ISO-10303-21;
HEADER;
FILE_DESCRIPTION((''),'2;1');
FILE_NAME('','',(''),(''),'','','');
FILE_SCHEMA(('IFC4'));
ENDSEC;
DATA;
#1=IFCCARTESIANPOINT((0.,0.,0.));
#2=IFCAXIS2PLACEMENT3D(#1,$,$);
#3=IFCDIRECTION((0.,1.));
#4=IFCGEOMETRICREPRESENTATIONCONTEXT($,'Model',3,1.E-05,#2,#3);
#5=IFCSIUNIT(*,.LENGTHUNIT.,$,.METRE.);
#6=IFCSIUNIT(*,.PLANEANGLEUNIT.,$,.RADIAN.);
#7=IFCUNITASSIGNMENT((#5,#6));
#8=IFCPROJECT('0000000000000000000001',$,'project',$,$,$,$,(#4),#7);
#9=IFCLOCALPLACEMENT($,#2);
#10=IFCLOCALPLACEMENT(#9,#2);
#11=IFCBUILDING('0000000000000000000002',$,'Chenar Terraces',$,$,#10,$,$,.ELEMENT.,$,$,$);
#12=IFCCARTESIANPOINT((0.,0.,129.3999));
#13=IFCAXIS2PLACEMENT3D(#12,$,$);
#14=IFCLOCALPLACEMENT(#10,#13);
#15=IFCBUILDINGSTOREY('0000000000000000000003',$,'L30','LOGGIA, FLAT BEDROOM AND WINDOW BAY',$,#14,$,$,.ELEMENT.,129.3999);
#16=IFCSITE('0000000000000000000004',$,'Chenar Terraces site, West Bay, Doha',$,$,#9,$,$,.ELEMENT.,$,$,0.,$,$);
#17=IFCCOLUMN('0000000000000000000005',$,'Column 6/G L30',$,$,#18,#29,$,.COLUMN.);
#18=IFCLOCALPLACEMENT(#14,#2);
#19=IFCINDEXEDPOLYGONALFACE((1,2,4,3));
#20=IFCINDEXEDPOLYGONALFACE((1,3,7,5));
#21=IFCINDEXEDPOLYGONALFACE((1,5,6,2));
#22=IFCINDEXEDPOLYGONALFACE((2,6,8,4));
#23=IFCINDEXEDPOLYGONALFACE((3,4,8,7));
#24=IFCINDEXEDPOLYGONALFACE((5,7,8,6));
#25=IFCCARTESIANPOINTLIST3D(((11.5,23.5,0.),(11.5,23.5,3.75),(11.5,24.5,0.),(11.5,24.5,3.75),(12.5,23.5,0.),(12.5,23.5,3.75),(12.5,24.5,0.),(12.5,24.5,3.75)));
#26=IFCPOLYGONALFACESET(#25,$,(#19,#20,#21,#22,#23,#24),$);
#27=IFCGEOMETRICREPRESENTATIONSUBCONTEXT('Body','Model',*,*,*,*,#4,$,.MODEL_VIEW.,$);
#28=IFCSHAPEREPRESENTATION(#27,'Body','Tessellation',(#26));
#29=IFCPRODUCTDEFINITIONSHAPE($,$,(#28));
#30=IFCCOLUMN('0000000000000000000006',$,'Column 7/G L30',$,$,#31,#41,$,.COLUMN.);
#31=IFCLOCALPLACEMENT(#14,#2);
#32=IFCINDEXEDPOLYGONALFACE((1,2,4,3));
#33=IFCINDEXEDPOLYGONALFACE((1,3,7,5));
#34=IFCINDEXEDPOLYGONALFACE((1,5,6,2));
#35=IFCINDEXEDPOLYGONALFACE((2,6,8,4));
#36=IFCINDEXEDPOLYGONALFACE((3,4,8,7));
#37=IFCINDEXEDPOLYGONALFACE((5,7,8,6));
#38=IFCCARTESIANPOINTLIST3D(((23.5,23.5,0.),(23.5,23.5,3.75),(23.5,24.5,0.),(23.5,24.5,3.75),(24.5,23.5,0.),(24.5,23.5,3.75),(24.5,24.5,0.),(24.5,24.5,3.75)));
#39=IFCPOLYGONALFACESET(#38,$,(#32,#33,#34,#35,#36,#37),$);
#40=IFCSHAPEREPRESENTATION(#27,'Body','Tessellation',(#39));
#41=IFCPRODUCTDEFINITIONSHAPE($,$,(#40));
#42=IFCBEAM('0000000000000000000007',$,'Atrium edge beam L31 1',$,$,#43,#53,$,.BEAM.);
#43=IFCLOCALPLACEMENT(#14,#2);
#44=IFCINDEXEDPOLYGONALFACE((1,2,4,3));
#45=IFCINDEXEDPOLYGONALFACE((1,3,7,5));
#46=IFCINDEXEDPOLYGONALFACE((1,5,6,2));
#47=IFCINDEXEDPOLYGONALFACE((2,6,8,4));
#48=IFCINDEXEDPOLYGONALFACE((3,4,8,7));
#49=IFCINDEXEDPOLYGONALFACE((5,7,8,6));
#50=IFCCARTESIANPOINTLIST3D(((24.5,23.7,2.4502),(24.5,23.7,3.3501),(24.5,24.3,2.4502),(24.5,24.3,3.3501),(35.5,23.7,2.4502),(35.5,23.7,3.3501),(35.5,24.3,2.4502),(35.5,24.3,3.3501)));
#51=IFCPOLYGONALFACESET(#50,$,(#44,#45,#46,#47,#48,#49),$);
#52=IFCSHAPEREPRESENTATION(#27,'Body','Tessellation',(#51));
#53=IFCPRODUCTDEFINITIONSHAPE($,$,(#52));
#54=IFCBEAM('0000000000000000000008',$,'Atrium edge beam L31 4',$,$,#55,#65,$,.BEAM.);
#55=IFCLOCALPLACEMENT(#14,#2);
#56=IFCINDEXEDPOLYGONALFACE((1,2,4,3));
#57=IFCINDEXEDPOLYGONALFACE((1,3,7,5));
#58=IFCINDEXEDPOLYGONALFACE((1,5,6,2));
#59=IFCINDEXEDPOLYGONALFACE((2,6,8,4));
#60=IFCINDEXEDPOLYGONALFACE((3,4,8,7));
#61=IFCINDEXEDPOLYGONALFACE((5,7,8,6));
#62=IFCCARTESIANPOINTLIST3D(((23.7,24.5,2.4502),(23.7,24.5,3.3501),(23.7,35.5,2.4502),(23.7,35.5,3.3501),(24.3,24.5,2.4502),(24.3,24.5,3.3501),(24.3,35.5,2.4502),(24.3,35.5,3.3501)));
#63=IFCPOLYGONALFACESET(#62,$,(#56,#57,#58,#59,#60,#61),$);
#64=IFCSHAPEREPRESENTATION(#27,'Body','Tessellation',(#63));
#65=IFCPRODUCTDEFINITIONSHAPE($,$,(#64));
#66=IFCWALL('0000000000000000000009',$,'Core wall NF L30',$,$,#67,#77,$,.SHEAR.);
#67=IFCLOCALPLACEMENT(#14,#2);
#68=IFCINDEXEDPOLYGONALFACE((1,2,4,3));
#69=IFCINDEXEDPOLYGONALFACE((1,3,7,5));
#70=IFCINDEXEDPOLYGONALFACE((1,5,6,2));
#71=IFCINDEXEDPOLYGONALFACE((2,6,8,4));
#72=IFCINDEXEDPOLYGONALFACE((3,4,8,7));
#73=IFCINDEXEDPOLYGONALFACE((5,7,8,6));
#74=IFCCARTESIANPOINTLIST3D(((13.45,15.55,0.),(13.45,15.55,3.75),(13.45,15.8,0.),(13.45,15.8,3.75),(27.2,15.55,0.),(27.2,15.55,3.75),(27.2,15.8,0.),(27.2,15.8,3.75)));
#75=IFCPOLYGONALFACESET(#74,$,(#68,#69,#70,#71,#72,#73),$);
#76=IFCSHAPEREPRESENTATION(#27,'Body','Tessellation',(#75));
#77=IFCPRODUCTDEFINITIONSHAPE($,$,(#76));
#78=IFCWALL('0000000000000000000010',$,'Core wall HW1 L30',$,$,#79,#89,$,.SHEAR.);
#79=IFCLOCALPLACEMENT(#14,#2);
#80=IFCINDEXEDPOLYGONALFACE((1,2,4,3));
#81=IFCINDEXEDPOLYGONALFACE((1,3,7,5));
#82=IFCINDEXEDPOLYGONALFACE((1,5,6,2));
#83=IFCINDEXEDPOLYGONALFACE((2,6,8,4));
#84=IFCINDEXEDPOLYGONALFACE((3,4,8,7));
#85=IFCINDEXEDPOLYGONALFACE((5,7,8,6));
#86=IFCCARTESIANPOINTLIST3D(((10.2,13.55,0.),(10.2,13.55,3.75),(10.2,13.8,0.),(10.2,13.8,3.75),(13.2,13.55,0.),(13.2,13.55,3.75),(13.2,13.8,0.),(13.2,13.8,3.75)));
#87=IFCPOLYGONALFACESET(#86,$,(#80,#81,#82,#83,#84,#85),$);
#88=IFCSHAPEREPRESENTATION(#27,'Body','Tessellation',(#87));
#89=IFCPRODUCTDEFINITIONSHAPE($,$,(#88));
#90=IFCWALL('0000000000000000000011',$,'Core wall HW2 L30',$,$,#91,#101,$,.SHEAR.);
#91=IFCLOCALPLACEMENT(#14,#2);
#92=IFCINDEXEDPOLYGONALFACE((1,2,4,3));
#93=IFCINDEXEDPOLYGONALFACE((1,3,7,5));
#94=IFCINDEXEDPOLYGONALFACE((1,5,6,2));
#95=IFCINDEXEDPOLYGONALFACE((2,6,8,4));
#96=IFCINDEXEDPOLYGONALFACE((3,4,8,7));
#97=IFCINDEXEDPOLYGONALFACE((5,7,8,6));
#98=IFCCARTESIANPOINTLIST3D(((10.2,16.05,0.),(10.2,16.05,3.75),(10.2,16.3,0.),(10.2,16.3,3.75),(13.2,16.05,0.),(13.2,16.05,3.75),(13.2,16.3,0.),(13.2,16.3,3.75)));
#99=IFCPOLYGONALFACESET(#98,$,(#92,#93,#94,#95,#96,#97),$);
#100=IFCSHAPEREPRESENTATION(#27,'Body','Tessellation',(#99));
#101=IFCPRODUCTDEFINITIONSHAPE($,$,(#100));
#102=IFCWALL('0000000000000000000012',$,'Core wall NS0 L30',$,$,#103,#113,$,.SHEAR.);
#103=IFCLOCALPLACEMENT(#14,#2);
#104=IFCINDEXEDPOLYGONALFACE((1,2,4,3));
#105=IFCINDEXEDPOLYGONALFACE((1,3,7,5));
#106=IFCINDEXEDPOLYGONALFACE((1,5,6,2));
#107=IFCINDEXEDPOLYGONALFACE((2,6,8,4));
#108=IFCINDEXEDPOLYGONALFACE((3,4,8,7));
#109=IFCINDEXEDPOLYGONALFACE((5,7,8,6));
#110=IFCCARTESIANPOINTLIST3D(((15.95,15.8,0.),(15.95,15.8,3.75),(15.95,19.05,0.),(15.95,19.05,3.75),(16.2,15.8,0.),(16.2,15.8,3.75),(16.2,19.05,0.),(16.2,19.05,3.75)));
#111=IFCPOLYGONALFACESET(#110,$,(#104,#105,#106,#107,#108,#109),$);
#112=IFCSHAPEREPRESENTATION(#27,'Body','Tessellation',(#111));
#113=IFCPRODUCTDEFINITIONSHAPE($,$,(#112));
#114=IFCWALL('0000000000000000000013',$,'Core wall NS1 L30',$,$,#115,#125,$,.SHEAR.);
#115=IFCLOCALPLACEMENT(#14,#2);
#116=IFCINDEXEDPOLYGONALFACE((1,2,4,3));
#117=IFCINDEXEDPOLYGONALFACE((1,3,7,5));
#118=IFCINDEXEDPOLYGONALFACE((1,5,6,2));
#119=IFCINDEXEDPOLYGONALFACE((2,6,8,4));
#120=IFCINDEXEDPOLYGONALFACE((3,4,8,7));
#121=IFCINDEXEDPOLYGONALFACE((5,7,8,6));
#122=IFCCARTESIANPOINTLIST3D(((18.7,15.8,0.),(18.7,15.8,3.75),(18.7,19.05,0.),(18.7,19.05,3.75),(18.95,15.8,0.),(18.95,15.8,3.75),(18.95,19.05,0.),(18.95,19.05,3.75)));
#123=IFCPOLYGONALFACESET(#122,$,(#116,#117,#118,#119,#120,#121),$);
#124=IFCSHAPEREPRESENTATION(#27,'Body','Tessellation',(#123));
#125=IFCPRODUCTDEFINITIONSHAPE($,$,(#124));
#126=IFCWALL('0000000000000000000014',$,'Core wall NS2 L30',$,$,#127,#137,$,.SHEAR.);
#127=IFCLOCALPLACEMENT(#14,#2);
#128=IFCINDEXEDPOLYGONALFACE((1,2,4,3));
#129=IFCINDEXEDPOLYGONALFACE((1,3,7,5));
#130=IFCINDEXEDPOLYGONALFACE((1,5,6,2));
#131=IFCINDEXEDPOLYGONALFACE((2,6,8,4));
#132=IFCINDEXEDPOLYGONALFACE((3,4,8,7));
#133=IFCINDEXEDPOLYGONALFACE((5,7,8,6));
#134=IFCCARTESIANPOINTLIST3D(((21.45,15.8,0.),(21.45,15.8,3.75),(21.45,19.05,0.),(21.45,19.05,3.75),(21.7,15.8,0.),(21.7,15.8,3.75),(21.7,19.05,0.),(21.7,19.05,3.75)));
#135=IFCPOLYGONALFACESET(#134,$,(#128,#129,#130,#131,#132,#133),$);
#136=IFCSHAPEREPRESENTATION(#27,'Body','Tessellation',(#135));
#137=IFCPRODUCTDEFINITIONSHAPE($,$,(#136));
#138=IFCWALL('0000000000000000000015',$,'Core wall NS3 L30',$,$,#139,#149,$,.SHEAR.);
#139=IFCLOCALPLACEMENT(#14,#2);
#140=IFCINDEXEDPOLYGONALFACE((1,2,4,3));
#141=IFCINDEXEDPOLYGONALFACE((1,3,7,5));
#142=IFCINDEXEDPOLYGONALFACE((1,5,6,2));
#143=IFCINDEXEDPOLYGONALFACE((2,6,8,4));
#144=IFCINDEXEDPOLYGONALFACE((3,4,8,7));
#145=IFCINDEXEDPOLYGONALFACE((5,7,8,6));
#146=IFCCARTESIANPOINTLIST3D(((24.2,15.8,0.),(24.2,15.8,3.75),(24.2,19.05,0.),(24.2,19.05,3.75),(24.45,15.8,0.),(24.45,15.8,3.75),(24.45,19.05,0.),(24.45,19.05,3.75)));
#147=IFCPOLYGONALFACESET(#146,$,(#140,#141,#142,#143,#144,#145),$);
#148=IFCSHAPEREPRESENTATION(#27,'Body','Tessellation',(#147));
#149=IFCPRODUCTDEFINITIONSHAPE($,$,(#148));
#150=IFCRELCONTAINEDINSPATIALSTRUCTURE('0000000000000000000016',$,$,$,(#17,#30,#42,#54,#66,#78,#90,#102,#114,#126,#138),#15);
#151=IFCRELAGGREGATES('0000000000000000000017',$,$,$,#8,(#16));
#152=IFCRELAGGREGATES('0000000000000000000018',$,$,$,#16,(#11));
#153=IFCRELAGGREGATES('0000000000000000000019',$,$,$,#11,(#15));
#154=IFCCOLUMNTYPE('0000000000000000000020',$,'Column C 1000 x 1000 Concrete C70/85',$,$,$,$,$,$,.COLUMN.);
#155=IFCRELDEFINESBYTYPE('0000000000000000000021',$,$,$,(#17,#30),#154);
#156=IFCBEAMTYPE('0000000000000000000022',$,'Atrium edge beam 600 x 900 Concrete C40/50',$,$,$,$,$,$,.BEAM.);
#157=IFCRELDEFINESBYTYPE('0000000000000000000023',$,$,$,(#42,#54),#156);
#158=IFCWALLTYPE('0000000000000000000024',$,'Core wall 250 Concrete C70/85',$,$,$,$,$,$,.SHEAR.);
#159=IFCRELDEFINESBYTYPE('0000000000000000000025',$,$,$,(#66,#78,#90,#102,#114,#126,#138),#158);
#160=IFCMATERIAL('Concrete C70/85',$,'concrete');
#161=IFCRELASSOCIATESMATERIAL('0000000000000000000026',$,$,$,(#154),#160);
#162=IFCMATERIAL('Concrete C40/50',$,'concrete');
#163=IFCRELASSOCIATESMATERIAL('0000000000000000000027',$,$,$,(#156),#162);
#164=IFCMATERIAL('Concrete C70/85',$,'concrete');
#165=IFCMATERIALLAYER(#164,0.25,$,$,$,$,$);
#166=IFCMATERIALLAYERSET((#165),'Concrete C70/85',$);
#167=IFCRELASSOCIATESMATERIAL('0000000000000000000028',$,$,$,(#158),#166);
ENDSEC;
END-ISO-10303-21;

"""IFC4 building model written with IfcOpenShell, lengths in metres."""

from ifc_helpers import new_model, si_unit, direction, frame, frame_2d, origin, origin_2d, place, context, subcontext, project, spatial, rectangle, extrude, material, layer, layer_set, material_profile, profile_set, type_object, element, save


model = new_model("IFC4")

# Units and contexts
model_context = context("Model", 3, precision=1e-05, world=origin(), true_north=direction((0.0, 1.0)))
body_context = subcontext(model_context, "Body", "Model", "MODEL_VIEW")
ifc_project = project(units=[si_unit("LENGTHUNIT", "METRE"), si_unit("PLANEANGLEUNIT", "RADIAN")], contexts=[model_context])

# Site, building, storey
site_placement = place(None, origin())
site = spatial("IfcSite", under=ifc_project, at=site_placement, Name="Chenar Terraces site, West Bay, Doha", CompositionType="ELEMENT", RefElevation=0.0)
building_placement = place(site_placement, origin())
building = spatial("IfcBuilding", under=site, at=building_placement, Name="Chenar Terraces", CompositionType="ELEMENT")
storey_placement = place(building_placement, frame((0.0, 0.0, 129.3999)))
storey = spatial("IfcBuildingStorey", under=building, at=storey_placement, Name="L30", Description="LOGGIA, FLAT BEDROOM AND WINDOW BAY", CompositionType="ELEMENT", Elevation=129.3999)

# Columns
ifc_material_1 = material(Name="Concrete C70/85", Category="concrete")
ifc_material_profile_1 = material_profile(ifc_material_1, rectangle(XDim=1.0, YDim=1.0, at=origin_2d()), Name="C 1000 x 1000")
ifc_profile_set_1 = profile_set([ifc_material_profile_1], Name="Concrete C70/85")
column_type = type_object("IfcColumnType", Name="Column C 1000 x 1000 Concrete C70/85", PredefinedType="COLUMN", material=ifc_profile_set_1)
for number, where, z_axis, x_axis, name in (
    (1, (12.0, 24.0, 0.0), (0.0, 0.0, 1.0), (1.0, 0.0, 0.0), "Column 6/G L30"),
    (2, (24.0, 24.0, 0.0), (0.0, 0.0, 1.0), (1.0, 0.0, 0.0), "Column 7/G L30"),
):
    element("IfcColumn", number, at=place(storey_placement, frame(where, z_axis=z_axis, x_axis=x_axis)), inside=storey, type_object=column_type, Name=name, PredefinedType="COLUMN", context=body_context, shape_type="SweptSolid", body=[
        extrude(rectangle(XDim=1.0, YDim=1.0, at=origin_2d()), origin(), (0.0, 0.0, 1.0), 3.75),
    ])

# Beams
ifc_material_2 = material(Name="Concrete C40/50", Category="concrete")
ifc_material_profile_2 = material_profile(ifc_material_2, rectangle(XDim=0.6001, YDim=0.8999, at=origin_2d()), Name="RC 600 x 900")
ifc_profile_set_2 = profile_set([ifc_material_profile_2], Name="Concrete C40/50")
beam_type = type_object("IfcBeamType", Name="Atrium edge beam 600 x 900 Concrete C40/50", PredefinedType="BEAM", material=ifc_profile_set_2)
for number, where, z_axis, x_axis, name in (
    (3, (24.5, 24.0, 2.9001), (1.0, 0.0, 0.0), (0.0, 1.0, 0.0), "Atrium edge beam L31 1"),
    (4, (24.0, 35.5, 2.9001), (0.0, -1.0, 0.0), (1.0, 0.0, 0.0), "Atrium edge beam L31 4"),
):
    element("IfcBeam", number, at=place(storey_placement, frame(where, z_axis=z_axis, x_axis=x_axis)), inside=storey, type_object=beam_type, Name=name, PredefinedType="BEAM", context=body_context, shape_type="SweptSolid", body=[
        extrude(rectangle(XDim=0.6001, YDim=0.8999, at=origin_2d()), origin(), (0.0, 0.0, 1.0), 11.0),
    ])

# Walls
ifc_material_3 = material(Name="Concrete C70/85", Category="concrete")
ifc_layer_1 = layer(ifc_material_3, 0.25)
ifc_layer_set_1 = layer_set([ifc_layer_1], Name="Concrete C70/85")
wall_type_1 = type_object("IfcWallType", Name="Core wall 250 Concrete C70/85", PredefinedType="SHEAR", material=ifc_layer_set_1)
wall_1_placement = place(storey_placement, frame((13.45, 15.675, 0.0), z_axis=(0.0, 0.0, 1.0), x_axis=(1.0, 0.0, 0.0)))
element("IfcWall", 5, at=wall_1_placement, inside=storey, type_object=wall_type_1, Name="Core wall NF L30", PredefinedType="SHEAR", context=body_context, shape_type="SweptSolid", body=[
    extrude(rectangle(XDim=13.75, YDim=0.25, at=frame_2d((6.875, 0.0))), origin(), (0.0, 0.0, 1.0), 3.75),
])
for number, where, z_axis, x_axis, name in (
    (6, (10.2, 13.675, 0.0), (0.0, 0.0, 1.0), (1.0, 0.0, 0.0), "Core wall HW1 L30"),
    (7, (10.2, 16.175, 0.0), (0.0, 0.0, 1.0), (1.0, 0.0, 0.0), "Core wall HW2 L30"),
):
    element("IfcWall", number, at=place(storey_placement, frame(where, z_axis=z_axis, x_axis=x_axis)), inside=storey, type_object=wall_type_1, Name=name, PredefinedType="SHEAR", context=body_context, shape_type="SweptSolid", body=[
        extrude(rectangle(XDim=3.0, YDim=0.25, at=frame_2d((1.5, 0.0))), origin(), (0.0, 0.0, 1.0), 3.75),
    ])
for number, where, z_axis, x_axis, name in (
    (8, (16.075, 15.8, 0.0), (0.0, 0.0, 1.0), (0.0, 1.0, 0.0), "Core wall NS0 L30"),
    (9, (18.825, 15.8, 0.0), (0.0, 0.0, 1.0), (0.0, 1.0, 0.0), "Core wall NS1 L30"),
    (10, (21.575, 15.8, 0.0), (0.0, 0.0, 1.0), (0.0, 1.0, 0.0), "Core wall NS2 L30"),
    (11, (24.325, 15.8, 0.0), (0.0, 0.0, 1.0), (0.0, 1.0, 0.0), "Core wall NS3 L30"),
):
    element("IfcWall", number, at=place(storey_placement, frame(where, z_axis=z_axis, x_axis=x_axis)), inside=storey, type_object=wall_type_1, Name=name, PredefinedType="SHEAR", context=body_context, shape_type="SweptSolid", body=[
        extrude(rectangle(XDim=3.25, YDim=0.25, at=frame_2d((1.625, 0.0))), origin(), (0.0, 0.0, 1.0), 3.75),
    ])

save(model, "model.ifc")
